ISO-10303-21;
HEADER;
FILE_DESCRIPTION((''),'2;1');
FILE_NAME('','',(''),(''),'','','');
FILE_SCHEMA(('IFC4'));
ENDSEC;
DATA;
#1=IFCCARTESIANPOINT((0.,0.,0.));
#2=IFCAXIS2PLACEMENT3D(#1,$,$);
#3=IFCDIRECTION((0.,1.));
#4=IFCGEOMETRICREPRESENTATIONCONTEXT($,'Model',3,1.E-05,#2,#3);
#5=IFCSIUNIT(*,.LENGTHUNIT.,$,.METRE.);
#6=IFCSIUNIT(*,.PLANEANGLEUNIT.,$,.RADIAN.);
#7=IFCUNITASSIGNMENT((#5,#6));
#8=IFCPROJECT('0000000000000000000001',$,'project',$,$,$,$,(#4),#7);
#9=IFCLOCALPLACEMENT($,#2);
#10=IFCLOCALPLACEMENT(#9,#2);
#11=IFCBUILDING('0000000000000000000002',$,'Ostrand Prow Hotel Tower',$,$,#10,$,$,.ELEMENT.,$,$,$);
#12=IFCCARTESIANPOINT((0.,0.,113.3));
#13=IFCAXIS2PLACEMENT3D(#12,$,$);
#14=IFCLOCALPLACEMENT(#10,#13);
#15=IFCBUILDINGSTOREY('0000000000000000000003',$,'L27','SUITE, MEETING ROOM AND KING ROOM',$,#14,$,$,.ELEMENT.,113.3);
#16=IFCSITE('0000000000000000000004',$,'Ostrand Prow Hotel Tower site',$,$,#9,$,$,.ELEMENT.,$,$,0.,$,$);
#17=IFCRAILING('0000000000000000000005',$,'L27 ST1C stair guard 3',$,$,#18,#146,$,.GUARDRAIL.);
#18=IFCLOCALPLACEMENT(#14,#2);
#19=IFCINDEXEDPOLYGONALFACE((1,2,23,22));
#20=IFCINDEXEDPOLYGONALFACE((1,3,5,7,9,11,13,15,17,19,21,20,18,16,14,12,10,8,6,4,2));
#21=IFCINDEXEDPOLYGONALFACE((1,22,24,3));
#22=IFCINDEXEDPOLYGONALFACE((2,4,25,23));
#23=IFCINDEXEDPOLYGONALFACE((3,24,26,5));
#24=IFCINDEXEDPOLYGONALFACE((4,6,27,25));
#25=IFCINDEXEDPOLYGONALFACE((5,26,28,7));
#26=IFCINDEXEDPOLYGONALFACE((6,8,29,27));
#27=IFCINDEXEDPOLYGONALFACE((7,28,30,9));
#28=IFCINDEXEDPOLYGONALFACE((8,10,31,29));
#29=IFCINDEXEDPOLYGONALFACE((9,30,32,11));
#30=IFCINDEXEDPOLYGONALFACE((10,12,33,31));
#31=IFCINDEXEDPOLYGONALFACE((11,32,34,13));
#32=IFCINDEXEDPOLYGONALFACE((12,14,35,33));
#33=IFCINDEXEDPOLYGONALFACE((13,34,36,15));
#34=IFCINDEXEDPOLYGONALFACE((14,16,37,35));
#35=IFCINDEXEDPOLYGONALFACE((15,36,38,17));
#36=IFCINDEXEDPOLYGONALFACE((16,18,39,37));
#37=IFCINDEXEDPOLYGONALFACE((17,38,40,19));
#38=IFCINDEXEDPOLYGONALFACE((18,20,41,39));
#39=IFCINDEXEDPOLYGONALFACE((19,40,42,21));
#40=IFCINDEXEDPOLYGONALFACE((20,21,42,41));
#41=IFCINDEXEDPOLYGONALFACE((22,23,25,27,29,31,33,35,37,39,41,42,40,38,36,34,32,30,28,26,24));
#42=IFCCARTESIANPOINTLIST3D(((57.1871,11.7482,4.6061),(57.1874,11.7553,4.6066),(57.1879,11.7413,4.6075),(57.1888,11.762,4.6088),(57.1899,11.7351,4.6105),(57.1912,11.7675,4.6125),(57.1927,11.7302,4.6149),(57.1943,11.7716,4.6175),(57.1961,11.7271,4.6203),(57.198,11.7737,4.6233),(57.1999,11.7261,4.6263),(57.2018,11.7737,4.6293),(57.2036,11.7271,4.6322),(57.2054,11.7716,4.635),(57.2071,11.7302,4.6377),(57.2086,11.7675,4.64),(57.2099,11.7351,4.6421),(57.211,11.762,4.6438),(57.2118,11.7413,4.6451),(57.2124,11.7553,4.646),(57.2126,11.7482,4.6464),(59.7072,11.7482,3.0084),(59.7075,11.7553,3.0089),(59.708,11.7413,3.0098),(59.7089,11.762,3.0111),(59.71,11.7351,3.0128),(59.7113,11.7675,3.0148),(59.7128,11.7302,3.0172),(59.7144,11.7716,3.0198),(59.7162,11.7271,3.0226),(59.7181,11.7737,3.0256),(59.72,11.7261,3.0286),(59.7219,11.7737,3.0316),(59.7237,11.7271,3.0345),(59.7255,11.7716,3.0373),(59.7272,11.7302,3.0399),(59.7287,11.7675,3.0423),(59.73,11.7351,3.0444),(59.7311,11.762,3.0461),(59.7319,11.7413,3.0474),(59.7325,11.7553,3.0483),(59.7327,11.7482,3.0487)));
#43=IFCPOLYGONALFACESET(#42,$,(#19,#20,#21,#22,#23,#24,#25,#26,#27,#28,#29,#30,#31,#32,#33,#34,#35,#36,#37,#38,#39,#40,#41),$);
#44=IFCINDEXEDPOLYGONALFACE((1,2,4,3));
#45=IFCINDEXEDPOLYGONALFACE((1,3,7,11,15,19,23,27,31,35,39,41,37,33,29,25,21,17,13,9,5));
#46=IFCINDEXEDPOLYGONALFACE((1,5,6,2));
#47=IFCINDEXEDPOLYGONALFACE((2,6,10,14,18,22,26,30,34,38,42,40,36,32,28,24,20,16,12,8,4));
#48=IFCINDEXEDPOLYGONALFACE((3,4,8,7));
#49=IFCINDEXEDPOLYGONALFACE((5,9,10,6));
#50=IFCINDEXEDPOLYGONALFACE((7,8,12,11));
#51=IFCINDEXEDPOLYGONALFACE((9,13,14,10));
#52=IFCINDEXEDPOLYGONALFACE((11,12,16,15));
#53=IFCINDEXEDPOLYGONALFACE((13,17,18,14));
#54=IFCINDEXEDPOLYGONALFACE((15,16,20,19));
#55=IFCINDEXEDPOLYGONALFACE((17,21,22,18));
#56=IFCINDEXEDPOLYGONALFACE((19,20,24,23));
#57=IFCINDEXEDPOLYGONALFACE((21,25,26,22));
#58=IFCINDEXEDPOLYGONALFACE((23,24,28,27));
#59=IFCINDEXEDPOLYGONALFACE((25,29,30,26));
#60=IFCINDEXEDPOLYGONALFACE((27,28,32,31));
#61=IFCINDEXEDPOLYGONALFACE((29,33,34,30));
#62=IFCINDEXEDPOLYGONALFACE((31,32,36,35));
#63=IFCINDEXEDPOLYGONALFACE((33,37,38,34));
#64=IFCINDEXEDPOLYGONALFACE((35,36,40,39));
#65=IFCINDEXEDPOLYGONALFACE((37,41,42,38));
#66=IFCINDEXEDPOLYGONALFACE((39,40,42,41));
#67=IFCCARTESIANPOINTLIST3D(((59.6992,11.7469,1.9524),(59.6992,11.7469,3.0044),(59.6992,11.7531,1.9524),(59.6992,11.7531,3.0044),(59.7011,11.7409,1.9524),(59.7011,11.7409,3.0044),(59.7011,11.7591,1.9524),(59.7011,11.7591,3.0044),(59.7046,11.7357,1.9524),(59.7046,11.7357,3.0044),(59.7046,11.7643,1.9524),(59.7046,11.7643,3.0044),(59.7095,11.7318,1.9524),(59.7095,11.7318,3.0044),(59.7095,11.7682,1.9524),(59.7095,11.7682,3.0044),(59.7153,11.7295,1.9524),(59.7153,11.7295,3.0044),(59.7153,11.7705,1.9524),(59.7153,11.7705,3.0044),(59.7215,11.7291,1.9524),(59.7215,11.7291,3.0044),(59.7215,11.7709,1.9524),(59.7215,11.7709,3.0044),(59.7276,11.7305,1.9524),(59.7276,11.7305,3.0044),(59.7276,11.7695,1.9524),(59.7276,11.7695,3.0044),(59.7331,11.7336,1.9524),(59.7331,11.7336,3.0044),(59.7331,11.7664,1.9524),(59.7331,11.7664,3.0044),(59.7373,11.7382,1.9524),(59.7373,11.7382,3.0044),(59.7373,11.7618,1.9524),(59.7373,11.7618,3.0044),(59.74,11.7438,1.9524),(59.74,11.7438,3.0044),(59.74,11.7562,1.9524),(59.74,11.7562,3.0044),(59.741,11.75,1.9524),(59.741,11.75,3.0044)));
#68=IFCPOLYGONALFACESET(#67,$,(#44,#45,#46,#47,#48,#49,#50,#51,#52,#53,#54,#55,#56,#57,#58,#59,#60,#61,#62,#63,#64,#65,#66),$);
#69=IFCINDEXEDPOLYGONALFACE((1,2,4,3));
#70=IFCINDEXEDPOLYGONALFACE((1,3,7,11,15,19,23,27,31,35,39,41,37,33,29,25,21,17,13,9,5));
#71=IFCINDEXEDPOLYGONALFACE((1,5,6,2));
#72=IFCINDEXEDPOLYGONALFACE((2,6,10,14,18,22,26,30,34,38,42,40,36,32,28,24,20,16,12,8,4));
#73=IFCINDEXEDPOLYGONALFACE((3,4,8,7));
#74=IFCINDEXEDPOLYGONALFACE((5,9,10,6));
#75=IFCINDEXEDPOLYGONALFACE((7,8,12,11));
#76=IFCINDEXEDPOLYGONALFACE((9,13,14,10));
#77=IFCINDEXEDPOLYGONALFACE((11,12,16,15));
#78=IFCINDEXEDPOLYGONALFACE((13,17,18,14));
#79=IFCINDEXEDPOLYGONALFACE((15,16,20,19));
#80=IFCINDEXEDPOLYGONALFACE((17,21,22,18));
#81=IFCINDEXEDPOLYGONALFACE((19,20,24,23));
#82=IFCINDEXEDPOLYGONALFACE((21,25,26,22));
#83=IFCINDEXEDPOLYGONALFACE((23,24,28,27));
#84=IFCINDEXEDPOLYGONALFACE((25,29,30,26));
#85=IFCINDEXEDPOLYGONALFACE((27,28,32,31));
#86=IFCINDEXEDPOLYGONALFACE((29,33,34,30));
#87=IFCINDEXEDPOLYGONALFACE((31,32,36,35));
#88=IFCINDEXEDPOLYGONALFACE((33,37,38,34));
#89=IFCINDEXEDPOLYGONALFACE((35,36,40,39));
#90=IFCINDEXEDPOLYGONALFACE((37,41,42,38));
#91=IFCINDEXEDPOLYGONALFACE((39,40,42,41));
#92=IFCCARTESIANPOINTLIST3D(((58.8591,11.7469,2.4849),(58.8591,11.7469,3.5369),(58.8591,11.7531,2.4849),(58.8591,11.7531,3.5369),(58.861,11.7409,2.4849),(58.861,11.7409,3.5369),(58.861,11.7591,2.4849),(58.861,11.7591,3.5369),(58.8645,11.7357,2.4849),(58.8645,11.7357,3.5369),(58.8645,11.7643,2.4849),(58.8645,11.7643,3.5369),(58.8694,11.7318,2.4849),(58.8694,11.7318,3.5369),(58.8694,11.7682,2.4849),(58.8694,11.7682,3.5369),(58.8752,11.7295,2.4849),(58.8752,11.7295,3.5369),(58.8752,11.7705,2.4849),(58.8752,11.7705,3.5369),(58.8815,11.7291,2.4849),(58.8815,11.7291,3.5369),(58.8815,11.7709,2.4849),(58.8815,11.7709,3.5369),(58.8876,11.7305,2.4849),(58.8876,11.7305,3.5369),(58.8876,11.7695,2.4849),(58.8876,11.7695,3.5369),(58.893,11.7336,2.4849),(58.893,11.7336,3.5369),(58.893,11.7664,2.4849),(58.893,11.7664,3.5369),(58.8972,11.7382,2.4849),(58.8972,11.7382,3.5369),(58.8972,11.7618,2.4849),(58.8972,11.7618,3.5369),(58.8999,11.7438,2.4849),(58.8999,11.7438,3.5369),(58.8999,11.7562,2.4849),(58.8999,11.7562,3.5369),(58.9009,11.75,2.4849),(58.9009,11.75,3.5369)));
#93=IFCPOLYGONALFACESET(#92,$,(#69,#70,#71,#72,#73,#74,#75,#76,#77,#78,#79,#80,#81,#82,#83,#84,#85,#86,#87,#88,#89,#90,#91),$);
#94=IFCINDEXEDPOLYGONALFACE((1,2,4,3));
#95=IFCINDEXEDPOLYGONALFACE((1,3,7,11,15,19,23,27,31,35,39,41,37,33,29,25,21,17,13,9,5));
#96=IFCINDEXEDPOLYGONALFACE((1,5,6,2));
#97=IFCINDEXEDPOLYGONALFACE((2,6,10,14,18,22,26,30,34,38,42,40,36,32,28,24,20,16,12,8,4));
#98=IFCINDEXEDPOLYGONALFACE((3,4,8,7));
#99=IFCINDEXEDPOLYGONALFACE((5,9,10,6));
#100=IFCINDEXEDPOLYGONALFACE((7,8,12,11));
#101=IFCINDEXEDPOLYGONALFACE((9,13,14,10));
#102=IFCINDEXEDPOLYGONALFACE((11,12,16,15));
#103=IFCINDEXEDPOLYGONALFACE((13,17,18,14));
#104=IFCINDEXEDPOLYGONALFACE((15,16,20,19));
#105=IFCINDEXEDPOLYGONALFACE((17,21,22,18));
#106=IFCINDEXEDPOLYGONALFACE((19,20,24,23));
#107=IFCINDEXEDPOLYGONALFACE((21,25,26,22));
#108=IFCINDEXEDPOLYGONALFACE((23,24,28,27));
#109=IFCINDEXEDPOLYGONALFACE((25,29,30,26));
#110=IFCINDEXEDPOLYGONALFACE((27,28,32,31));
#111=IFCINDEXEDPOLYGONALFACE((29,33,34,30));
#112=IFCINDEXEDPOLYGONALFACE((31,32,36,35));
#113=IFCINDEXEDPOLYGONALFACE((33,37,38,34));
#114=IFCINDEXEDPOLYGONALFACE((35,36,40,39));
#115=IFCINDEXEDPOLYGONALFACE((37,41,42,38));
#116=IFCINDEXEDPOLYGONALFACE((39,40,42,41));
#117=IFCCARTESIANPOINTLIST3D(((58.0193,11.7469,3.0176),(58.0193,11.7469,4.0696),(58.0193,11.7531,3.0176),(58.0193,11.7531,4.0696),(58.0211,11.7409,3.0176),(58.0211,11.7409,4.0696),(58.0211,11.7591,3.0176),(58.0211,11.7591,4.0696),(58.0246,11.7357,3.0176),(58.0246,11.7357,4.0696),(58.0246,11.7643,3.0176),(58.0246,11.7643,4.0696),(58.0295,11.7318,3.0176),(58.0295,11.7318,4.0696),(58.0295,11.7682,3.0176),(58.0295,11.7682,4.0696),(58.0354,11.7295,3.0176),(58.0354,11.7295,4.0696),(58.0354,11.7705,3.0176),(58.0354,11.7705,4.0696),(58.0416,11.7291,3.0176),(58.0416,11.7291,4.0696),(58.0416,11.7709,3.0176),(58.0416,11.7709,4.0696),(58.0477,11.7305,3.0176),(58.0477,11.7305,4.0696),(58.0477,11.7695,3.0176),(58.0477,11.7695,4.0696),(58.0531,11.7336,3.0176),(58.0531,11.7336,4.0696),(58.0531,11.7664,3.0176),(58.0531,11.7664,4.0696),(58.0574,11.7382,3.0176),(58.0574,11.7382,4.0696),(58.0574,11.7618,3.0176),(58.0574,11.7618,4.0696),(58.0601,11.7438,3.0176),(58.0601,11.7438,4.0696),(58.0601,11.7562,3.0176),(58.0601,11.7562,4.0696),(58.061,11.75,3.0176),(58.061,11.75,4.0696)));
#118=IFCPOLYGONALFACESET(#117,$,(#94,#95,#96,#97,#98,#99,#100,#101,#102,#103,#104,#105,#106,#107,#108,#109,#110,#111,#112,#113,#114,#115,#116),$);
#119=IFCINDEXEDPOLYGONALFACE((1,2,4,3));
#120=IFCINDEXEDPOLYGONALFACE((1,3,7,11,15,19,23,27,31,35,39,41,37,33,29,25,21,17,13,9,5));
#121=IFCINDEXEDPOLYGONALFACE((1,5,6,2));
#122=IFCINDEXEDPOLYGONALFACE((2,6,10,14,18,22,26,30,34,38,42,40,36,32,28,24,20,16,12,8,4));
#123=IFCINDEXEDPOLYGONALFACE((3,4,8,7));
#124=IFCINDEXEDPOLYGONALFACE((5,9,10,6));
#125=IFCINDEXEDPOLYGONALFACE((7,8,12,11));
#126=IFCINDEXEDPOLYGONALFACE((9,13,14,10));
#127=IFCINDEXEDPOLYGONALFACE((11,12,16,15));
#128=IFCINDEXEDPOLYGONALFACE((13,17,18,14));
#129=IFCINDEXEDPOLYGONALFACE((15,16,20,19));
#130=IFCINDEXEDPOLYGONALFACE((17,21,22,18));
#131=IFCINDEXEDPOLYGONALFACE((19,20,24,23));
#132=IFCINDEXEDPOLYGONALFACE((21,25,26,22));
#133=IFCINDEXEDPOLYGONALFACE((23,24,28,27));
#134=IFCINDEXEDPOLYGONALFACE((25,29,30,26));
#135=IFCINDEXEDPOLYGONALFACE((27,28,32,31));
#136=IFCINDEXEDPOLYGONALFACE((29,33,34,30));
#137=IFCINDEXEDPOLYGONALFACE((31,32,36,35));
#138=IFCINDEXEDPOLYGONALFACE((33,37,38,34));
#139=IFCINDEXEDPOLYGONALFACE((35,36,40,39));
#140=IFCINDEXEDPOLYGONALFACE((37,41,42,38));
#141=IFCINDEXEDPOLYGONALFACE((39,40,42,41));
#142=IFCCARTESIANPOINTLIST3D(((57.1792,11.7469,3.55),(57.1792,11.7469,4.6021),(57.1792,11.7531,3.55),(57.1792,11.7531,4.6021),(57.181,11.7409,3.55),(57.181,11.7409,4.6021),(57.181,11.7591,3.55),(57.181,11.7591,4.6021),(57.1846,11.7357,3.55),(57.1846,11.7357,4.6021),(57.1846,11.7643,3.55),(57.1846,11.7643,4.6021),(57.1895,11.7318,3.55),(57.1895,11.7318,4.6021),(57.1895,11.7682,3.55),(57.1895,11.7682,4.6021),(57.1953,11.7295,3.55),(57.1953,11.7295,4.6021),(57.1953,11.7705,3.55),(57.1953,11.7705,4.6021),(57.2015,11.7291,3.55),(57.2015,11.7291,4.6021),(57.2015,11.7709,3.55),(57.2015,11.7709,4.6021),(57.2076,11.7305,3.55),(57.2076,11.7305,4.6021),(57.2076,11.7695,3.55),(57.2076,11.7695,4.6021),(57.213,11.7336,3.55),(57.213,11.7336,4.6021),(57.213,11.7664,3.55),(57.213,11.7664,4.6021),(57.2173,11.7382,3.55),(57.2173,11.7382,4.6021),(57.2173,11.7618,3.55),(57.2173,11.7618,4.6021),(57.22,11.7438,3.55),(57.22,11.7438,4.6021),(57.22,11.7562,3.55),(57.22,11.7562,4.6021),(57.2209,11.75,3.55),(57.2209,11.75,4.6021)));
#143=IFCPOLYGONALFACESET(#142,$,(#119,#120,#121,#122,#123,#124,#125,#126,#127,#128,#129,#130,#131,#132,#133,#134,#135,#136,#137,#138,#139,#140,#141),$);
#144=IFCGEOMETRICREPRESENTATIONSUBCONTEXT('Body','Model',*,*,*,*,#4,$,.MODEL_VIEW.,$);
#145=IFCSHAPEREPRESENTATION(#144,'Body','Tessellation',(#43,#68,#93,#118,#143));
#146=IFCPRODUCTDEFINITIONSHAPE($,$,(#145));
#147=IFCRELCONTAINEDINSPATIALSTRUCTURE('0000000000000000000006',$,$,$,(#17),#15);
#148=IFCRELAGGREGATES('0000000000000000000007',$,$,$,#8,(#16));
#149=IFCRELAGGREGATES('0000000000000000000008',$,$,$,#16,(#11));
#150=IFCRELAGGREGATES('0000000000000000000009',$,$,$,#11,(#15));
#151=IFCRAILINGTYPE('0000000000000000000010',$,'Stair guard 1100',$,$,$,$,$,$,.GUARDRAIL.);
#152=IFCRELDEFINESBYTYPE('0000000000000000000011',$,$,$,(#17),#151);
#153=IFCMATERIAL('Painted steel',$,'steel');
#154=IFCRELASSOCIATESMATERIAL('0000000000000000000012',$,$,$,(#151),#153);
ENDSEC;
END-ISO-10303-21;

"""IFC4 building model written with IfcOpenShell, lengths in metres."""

from ifc_helpers import new_model, si_unit, direction, frame, origin, origin_2d, place, context, subcontext, project, spatial, circle, extrude, material, type_object, element, save


model = new_model("IFC4")

# Units and contexts
model_context = context("Model", 3, precision=1e-05, world=origin(), true_north=direction((0.0, 1.0)))
body_context = subcontext(model_context, "Body", "Model", "MODEL_VIEW")
ifc_project = project(units=[si_unit("LENGTHUNIT", "METRE"), si_unit("PLANEANGLEUNIT", "RADIAN")], contexts=[model_context])

# Site, building, storey
site_placement = place(None, origin())
site = spatial("IfcSite", under=ifc_project, at=site_placement, Name="Ostrand Prow Hotel Tower site", CompositionType="ELEMENT", RefElevation=0.0)
building_placement = place(site_placement, origin())
building = spatial("IfcBuilding", under=site, at=building_placement, Name="Ostrand Prow Hotel Tower", CompositionType="ELEMENT")
storey_placement = place(building_placement, frame((0.0, 0.0, 113.3)))
storey = spatial("IfcBuildingStorey", under=building, at=storey_placement, Name="L27", Description="SUITE, MEETING ROOM AND KING ROOM", CompositionType="ELEMENT", Elevation=113.3)

# Railing
ifc_material_1 = material(Name="Painted steel", Category="steel")
railing_type_1 = type_object("IfcRailingType", Name="Stair guard 1100", PredefinedType="GUARDRAIL", material=ifc_material_1)
railing_1_placement = place(storey_placement, frame((59.72, 11.75, 1.9524)))
element("IfcRailing", 1, at=railing_1_placement, inside=storey, type_object=railing_type_1, Name="L27 ST1C stair guard 3", PredefinedType="GUARDRAIL", context=body_context, shape_type="SweptSolid", body=[
    extrude(circle(Radius=0.0239, at=origin_2d()), frame((0.0, 0.0, 1.0762), z_axis=(-0.84457, 0.0, 0.535445), x_axis=(0.0, -1.0, 0.0)), (0.0, 0.0, 1.0), 2.9839),
    extrude(circle(Radius=0.021, at=origin_2d()), origin(), (0.0, 0.0, 1.0), 1.052),
    extrude(circle(Radius=0.021, at=origin_2d()), frame((-0.8401, 0.0, 0.5325)), (0.0, 0.0, 1.0), 1.052),
    extrude(circle(Radius=0.021, at=origin_2d()), frame((-1.6799, 0.0, 1.0652)), (0.0, 0.0, 1.0), 1.052),
    extrude(circle(Radius=0.021, at=origin_2d()), frame((-2.52, 0.0, 1.5977)), (0.0, 0.0, 1.0), 1.052),
])

save(model, "model.ifc")
